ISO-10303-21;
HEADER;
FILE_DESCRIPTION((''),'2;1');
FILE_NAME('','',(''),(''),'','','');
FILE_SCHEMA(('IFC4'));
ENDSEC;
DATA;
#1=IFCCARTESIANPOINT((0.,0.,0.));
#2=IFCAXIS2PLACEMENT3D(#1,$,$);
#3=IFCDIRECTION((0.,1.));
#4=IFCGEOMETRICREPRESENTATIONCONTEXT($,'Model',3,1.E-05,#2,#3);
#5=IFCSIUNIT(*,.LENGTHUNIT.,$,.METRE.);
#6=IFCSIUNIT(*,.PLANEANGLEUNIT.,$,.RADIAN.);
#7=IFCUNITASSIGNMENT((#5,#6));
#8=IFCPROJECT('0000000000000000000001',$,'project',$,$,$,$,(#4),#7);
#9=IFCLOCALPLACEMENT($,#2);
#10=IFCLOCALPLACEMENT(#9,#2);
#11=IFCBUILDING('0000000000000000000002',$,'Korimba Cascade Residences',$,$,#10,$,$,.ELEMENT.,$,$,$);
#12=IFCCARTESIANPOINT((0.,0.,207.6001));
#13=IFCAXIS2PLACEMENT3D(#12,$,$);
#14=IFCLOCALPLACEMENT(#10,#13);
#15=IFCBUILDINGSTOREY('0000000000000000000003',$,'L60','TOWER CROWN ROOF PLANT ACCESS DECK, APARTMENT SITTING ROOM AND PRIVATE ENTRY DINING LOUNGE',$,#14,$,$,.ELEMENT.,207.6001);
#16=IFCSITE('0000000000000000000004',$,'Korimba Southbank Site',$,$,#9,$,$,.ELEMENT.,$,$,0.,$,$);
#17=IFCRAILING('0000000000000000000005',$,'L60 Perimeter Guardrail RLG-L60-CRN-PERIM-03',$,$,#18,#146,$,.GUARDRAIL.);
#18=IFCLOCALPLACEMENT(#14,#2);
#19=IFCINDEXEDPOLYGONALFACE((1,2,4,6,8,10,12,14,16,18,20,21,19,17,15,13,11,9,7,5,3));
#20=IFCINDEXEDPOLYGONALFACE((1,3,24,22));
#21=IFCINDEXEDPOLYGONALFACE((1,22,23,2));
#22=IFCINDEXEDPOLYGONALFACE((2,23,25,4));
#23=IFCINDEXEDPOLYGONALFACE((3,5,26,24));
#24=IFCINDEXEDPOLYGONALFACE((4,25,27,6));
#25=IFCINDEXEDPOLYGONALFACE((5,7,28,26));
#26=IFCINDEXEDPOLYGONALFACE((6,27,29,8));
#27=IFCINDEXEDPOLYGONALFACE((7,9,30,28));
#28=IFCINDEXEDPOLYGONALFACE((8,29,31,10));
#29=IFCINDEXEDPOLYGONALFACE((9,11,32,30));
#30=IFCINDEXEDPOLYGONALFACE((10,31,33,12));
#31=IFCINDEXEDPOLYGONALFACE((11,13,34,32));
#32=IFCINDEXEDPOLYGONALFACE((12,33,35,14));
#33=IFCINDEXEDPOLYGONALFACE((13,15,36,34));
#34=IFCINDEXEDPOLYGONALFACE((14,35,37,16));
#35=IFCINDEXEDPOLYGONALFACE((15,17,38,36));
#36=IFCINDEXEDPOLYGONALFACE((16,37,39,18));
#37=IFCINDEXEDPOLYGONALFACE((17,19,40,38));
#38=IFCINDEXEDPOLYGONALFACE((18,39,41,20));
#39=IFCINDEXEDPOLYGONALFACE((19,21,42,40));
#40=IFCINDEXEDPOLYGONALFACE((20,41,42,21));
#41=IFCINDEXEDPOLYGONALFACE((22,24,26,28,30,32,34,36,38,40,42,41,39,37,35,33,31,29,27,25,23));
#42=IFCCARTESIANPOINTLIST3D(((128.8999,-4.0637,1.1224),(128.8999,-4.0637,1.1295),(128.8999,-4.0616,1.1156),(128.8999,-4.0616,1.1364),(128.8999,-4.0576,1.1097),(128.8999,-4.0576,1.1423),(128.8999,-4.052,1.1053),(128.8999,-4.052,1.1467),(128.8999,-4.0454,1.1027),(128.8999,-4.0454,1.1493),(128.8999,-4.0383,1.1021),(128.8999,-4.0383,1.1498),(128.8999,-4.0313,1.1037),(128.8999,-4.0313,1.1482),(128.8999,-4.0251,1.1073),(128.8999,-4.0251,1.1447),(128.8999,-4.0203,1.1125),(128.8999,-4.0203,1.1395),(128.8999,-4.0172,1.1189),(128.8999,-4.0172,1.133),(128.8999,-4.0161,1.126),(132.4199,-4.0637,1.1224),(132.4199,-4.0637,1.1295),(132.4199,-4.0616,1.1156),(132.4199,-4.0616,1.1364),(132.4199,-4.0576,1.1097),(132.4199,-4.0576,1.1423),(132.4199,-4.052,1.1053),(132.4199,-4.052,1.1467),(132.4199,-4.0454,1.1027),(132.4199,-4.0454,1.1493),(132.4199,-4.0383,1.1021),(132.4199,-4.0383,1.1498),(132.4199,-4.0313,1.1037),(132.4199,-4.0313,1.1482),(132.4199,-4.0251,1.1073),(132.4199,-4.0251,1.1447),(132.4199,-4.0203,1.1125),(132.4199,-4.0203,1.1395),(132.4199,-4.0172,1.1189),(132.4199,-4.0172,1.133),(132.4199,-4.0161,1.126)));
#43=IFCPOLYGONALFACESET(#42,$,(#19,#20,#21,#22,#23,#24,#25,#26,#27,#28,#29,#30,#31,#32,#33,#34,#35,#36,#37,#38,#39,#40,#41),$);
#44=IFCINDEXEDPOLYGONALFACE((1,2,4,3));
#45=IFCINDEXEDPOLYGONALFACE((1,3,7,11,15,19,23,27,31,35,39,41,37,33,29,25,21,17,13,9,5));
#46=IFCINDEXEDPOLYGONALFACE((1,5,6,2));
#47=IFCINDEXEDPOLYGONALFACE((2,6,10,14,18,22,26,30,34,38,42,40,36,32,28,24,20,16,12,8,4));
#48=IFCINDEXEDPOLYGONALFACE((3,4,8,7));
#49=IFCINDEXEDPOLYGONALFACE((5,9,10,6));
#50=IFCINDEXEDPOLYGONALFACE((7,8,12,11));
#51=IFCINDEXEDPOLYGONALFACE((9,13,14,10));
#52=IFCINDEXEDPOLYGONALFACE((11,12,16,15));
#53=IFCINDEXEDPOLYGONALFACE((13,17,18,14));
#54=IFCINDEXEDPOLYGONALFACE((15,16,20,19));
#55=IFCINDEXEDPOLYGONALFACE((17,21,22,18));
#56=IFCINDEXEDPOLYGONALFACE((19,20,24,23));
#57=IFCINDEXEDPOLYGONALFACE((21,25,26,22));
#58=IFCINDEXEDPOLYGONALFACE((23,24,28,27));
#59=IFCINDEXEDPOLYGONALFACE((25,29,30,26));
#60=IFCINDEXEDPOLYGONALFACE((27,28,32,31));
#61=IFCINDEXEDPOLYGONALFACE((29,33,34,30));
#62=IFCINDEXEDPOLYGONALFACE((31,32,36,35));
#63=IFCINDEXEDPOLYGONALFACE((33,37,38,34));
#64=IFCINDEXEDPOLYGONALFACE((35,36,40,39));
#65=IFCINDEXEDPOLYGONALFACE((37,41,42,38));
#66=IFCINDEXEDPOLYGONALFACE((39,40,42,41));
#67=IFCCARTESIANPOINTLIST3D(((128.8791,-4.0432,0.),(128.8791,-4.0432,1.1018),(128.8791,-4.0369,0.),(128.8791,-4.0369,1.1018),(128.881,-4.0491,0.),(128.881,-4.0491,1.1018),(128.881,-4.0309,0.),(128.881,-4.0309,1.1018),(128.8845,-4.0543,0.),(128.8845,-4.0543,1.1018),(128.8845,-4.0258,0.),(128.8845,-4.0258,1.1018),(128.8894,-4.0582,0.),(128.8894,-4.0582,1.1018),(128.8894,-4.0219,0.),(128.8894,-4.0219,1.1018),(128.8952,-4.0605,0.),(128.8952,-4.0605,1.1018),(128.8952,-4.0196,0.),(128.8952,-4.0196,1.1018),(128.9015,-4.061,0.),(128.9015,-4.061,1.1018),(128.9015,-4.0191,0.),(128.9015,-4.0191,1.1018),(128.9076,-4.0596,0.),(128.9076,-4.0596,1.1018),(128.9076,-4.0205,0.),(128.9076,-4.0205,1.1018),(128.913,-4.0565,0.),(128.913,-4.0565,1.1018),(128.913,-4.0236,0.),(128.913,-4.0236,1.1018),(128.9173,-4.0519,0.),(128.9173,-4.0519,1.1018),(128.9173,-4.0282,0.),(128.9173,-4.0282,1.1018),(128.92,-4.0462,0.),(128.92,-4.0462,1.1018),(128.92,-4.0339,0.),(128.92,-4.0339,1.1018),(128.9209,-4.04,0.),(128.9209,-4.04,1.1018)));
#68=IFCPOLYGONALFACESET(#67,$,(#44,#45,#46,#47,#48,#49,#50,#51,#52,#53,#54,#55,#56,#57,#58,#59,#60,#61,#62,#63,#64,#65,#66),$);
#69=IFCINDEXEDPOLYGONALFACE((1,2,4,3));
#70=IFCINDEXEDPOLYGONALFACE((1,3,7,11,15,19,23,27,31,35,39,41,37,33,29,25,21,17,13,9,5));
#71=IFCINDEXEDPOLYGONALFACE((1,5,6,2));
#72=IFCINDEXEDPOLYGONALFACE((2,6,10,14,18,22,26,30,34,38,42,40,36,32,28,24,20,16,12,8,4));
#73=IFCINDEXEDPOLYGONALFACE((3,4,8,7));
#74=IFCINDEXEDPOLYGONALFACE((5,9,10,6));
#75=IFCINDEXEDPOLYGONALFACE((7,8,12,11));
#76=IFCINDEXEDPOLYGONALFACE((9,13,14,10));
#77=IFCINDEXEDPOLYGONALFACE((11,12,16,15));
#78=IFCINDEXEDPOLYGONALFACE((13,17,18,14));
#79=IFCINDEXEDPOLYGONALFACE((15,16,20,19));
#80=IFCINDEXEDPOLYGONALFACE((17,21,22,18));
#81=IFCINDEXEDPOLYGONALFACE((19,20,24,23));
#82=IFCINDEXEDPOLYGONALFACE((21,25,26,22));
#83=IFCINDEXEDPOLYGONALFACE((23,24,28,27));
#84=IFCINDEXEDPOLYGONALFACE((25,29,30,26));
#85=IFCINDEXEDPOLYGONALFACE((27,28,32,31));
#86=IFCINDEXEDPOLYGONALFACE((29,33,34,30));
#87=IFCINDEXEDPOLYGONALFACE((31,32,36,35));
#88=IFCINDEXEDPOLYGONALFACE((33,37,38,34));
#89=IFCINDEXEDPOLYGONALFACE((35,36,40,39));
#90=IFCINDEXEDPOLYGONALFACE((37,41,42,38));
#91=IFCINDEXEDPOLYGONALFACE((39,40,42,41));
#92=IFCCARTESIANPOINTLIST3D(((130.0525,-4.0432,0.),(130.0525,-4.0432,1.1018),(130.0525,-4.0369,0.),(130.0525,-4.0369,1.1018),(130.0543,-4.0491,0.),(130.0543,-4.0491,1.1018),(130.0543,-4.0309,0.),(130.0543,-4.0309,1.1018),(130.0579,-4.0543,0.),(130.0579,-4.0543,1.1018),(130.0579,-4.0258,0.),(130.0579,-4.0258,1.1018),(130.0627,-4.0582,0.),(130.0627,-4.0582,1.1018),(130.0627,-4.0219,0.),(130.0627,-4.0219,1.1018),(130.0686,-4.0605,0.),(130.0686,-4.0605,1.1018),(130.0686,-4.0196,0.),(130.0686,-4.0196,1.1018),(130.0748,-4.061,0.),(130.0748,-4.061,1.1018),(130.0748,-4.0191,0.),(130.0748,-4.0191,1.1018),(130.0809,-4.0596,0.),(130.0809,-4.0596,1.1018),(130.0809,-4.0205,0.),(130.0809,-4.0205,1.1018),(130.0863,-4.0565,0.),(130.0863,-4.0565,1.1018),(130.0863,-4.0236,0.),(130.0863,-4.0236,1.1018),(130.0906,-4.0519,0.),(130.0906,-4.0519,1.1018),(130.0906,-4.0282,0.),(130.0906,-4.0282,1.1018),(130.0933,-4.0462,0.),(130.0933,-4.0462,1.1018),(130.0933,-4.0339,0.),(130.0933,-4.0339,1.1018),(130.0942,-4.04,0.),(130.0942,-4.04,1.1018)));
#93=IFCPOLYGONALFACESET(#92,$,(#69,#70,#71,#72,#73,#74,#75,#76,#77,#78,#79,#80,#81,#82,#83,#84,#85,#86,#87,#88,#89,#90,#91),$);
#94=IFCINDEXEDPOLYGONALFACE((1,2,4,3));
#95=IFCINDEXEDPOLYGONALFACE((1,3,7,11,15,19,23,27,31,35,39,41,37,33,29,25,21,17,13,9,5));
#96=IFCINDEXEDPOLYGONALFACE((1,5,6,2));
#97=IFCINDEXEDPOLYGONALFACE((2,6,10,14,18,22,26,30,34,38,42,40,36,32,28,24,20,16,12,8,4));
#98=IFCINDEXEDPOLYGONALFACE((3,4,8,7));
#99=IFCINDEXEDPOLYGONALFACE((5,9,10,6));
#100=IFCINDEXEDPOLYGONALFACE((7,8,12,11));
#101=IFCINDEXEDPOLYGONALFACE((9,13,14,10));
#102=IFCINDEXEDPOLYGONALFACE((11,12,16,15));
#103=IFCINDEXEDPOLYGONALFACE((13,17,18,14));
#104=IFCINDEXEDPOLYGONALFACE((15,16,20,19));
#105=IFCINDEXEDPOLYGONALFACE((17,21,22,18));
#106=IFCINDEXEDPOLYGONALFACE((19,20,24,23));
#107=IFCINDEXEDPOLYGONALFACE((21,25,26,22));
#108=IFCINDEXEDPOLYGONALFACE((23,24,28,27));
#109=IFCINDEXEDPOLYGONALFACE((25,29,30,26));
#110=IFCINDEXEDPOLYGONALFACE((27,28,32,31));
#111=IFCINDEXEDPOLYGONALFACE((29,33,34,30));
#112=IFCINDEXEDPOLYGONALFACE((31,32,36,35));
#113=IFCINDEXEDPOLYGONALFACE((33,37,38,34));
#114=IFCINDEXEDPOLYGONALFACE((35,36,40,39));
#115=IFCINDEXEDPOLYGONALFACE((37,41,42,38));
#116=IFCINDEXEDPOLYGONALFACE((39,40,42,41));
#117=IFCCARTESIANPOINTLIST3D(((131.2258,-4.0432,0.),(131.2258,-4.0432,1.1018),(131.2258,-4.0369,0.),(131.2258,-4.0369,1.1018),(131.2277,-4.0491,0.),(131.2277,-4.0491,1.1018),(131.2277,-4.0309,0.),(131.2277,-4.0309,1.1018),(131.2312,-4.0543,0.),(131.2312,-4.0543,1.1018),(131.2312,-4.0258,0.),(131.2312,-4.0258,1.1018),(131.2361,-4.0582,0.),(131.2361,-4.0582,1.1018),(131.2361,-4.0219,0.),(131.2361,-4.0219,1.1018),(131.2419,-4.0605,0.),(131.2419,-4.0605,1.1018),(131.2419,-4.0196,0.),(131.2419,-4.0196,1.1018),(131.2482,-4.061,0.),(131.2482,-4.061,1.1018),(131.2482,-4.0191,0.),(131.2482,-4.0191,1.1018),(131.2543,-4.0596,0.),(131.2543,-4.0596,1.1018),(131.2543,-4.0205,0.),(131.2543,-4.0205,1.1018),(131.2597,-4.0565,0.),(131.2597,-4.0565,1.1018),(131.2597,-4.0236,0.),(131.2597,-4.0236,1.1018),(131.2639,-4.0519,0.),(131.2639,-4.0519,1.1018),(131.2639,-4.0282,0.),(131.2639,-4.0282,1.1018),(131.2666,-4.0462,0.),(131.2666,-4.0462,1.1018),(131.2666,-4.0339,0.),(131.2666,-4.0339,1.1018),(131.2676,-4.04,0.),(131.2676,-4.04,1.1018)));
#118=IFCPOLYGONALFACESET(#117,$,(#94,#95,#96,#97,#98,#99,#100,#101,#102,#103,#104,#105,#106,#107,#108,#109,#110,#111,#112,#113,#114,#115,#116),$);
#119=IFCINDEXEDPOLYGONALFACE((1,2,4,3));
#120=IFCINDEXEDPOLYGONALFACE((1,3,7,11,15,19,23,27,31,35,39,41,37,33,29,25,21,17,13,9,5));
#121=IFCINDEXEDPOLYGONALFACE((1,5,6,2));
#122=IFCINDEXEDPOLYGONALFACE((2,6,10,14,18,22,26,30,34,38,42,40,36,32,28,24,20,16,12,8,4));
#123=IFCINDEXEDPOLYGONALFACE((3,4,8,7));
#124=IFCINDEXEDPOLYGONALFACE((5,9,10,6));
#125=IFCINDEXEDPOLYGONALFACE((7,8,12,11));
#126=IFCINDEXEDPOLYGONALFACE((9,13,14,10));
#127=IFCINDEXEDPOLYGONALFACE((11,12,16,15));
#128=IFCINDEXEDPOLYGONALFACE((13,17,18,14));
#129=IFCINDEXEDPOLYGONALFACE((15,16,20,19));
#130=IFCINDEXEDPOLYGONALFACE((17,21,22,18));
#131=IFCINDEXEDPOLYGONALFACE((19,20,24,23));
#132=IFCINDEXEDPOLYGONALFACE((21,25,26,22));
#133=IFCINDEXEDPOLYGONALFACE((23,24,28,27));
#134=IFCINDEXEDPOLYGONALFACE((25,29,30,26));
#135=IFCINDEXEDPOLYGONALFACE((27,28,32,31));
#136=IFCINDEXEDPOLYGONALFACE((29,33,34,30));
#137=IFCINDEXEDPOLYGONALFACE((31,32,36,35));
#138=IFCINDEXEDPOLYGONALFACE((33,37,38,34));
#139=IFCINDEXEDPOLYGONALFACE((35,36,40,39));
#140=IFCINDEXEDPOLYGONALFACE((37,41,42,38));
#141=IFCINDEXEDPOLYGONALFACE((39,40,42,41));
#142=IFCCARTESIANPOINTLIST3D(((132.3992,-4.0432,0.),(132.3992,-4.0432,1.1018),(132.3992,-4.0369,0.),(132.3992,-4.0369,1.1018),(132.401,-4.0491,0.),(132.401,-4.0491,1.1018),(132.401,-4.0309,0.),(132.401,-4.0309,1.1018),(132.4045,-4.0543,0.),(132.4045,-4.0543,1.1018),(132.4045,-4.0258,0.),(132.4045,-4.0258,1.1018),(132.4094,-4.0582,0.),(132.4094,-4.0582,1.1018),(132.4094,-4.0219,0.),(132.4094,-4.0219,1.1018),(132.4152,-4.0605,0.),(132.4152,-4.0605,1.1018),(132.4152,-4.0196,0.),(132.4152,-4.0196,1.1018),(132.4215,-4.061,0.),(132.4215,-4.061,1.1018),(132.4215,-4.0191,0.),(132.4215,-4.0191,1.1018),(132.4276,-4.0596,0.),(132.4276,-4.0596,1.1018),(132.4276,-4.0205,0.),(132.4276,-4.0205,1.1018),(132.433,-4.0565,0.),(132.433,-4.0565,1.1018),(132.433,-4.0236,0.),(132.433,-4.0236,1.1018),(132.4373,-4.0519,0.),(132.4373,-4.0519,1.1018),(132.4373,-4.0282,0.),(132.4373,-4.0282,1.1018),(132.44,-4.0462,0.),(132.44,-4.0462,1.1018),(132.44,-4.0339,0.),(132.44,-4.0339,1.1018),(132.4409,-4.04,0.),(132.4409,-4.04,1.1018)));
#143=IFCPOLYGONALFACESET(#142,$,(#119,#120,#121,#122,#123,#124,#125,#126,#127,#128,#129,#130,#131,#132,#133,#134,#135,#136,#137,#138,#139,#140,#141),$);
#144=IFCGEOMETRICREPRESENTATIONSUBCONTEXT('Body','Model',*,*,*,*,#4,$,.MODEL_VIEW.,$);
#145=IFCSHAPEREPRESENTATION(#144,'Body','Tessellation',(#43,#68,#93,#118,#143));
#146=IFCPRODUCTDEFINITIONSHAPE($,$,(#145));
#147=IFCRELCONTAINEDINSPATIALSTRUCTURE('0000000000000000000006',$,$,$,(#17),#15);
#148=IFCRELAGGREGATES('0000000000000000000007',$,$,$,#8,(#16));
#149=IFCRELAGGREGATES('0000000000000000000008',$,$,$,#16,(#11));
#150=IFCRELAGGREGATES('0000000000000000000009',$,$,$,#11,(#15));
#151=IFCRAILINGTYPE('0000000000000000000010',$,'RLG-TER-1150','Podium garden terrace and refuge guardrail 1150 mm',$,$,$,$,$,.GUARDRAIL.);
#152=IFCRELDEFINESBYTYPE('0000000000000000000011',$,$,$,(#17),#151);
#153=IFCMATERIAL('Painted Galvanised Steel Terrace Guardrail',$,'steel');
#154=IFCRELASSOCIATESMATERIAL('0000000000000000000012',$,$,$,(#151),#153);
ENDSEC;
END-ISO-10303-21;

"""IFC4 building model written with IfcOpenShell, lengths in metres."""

from ifc_helpers import new_model, si_unit, direction, frame, origin, origin_2d, place, context, subcontext, project, spatial, circle, extrude, material, type_object, element, save


model = new_model("IFC4")

# Units and contexts
model_context = context("Model", 3, precision=1e-05, world=origin(), true_north=direction((0.0, 1.0)))
body_context = subcontext(model_context, "Body", "Model", "MODEL_VIEW")
ifc_project = project(units=[si_unit("LENGTHUNIT", "METRE"), si_unit("PLANEANGLEUNIT", "RADIAN")], contexts=[model_context])

# Site, building, storey
site_placement = place(None, origin())
site = spatial("IfcSite", under=ifc_project, at=site_placement, Name="Korimba Southbank Site", CompositionType="ELEMENT", RefElevation=0.0)
building_placement = place(site_placement, origin())
building = spatial("IfcBuilding", under=site, at=building_placement, Name="Korimba Cascade Residences", CompositionType="ELEMENT")
storey_placement = place(building_placement, frame((0.0, 0.0, 207.6001)))
storey = spatial("IfcBuildingStorey", under=building, at=storey_placement, Name="L60", Description="TOWER CROWN ROOF PLANT ACCESS DECK, APARTMENT SITTING ROOM AND PRIVATE ENTRY DINING LOUNGE", CompositionType="ELEMENT", Elevation=207.6001)

# Railing
ifc_material_1 = material(Name="Painted Galvanised Steel Terrace Guardrail", Category="steel")
railing_type = type_object("IfcRailingType", Name="RLG-TER-1150", Description="Podium garden terrace and refuge guardrail 1150 mm", PredefinedType="GUARDRAIL", material=ifc_material_1)
railing_1_placement = place(storey_placement, frame((128.8999, -4.04, 0.0)))
element("IfcRailing", 1, at=railing_1_placement, inside=storey, type_object=railing_type, Name="L60 Perimeter Guardrail RLG-L60-CRN-PERIM-03", PredefinedType="GUARDRAIL", context=body_context, shape_type="SweptSolid", body=[
    extrude(circle(Radius=0.0239, at=origin_2d()), frame((0.0, 0.0, 1.126), z_axis=(1.0, 0.0, 0.0), x_axis=(0.0, 1.0, 0.0)), (0.0, 0.0, 1.0), 3.52),
    extrude(circle(Radius=0.021, at=origin_2d()), origin(), (0.0, 0.0, 1.0), 1.1018),
    extrude(circle(Radius=0.021, at=origin_2d()), frame((1.1733, 0.0, 0.0)), (0.0, 0.0, 1.0), 1.1018),
    extrude(circle(Radius=0.021, at=origin_2d()), frame((2.3467, 0.0, 0.0)), (0.0, 0.0, 1.0), 1.1018),
    extrude(circle(Radius=0.021, at=origin_2d()), frame((3.52, 0.0, 0.0)), (0.0, 0.0, 1.0), 1.1018),
])

save(model, "model.ifc")
